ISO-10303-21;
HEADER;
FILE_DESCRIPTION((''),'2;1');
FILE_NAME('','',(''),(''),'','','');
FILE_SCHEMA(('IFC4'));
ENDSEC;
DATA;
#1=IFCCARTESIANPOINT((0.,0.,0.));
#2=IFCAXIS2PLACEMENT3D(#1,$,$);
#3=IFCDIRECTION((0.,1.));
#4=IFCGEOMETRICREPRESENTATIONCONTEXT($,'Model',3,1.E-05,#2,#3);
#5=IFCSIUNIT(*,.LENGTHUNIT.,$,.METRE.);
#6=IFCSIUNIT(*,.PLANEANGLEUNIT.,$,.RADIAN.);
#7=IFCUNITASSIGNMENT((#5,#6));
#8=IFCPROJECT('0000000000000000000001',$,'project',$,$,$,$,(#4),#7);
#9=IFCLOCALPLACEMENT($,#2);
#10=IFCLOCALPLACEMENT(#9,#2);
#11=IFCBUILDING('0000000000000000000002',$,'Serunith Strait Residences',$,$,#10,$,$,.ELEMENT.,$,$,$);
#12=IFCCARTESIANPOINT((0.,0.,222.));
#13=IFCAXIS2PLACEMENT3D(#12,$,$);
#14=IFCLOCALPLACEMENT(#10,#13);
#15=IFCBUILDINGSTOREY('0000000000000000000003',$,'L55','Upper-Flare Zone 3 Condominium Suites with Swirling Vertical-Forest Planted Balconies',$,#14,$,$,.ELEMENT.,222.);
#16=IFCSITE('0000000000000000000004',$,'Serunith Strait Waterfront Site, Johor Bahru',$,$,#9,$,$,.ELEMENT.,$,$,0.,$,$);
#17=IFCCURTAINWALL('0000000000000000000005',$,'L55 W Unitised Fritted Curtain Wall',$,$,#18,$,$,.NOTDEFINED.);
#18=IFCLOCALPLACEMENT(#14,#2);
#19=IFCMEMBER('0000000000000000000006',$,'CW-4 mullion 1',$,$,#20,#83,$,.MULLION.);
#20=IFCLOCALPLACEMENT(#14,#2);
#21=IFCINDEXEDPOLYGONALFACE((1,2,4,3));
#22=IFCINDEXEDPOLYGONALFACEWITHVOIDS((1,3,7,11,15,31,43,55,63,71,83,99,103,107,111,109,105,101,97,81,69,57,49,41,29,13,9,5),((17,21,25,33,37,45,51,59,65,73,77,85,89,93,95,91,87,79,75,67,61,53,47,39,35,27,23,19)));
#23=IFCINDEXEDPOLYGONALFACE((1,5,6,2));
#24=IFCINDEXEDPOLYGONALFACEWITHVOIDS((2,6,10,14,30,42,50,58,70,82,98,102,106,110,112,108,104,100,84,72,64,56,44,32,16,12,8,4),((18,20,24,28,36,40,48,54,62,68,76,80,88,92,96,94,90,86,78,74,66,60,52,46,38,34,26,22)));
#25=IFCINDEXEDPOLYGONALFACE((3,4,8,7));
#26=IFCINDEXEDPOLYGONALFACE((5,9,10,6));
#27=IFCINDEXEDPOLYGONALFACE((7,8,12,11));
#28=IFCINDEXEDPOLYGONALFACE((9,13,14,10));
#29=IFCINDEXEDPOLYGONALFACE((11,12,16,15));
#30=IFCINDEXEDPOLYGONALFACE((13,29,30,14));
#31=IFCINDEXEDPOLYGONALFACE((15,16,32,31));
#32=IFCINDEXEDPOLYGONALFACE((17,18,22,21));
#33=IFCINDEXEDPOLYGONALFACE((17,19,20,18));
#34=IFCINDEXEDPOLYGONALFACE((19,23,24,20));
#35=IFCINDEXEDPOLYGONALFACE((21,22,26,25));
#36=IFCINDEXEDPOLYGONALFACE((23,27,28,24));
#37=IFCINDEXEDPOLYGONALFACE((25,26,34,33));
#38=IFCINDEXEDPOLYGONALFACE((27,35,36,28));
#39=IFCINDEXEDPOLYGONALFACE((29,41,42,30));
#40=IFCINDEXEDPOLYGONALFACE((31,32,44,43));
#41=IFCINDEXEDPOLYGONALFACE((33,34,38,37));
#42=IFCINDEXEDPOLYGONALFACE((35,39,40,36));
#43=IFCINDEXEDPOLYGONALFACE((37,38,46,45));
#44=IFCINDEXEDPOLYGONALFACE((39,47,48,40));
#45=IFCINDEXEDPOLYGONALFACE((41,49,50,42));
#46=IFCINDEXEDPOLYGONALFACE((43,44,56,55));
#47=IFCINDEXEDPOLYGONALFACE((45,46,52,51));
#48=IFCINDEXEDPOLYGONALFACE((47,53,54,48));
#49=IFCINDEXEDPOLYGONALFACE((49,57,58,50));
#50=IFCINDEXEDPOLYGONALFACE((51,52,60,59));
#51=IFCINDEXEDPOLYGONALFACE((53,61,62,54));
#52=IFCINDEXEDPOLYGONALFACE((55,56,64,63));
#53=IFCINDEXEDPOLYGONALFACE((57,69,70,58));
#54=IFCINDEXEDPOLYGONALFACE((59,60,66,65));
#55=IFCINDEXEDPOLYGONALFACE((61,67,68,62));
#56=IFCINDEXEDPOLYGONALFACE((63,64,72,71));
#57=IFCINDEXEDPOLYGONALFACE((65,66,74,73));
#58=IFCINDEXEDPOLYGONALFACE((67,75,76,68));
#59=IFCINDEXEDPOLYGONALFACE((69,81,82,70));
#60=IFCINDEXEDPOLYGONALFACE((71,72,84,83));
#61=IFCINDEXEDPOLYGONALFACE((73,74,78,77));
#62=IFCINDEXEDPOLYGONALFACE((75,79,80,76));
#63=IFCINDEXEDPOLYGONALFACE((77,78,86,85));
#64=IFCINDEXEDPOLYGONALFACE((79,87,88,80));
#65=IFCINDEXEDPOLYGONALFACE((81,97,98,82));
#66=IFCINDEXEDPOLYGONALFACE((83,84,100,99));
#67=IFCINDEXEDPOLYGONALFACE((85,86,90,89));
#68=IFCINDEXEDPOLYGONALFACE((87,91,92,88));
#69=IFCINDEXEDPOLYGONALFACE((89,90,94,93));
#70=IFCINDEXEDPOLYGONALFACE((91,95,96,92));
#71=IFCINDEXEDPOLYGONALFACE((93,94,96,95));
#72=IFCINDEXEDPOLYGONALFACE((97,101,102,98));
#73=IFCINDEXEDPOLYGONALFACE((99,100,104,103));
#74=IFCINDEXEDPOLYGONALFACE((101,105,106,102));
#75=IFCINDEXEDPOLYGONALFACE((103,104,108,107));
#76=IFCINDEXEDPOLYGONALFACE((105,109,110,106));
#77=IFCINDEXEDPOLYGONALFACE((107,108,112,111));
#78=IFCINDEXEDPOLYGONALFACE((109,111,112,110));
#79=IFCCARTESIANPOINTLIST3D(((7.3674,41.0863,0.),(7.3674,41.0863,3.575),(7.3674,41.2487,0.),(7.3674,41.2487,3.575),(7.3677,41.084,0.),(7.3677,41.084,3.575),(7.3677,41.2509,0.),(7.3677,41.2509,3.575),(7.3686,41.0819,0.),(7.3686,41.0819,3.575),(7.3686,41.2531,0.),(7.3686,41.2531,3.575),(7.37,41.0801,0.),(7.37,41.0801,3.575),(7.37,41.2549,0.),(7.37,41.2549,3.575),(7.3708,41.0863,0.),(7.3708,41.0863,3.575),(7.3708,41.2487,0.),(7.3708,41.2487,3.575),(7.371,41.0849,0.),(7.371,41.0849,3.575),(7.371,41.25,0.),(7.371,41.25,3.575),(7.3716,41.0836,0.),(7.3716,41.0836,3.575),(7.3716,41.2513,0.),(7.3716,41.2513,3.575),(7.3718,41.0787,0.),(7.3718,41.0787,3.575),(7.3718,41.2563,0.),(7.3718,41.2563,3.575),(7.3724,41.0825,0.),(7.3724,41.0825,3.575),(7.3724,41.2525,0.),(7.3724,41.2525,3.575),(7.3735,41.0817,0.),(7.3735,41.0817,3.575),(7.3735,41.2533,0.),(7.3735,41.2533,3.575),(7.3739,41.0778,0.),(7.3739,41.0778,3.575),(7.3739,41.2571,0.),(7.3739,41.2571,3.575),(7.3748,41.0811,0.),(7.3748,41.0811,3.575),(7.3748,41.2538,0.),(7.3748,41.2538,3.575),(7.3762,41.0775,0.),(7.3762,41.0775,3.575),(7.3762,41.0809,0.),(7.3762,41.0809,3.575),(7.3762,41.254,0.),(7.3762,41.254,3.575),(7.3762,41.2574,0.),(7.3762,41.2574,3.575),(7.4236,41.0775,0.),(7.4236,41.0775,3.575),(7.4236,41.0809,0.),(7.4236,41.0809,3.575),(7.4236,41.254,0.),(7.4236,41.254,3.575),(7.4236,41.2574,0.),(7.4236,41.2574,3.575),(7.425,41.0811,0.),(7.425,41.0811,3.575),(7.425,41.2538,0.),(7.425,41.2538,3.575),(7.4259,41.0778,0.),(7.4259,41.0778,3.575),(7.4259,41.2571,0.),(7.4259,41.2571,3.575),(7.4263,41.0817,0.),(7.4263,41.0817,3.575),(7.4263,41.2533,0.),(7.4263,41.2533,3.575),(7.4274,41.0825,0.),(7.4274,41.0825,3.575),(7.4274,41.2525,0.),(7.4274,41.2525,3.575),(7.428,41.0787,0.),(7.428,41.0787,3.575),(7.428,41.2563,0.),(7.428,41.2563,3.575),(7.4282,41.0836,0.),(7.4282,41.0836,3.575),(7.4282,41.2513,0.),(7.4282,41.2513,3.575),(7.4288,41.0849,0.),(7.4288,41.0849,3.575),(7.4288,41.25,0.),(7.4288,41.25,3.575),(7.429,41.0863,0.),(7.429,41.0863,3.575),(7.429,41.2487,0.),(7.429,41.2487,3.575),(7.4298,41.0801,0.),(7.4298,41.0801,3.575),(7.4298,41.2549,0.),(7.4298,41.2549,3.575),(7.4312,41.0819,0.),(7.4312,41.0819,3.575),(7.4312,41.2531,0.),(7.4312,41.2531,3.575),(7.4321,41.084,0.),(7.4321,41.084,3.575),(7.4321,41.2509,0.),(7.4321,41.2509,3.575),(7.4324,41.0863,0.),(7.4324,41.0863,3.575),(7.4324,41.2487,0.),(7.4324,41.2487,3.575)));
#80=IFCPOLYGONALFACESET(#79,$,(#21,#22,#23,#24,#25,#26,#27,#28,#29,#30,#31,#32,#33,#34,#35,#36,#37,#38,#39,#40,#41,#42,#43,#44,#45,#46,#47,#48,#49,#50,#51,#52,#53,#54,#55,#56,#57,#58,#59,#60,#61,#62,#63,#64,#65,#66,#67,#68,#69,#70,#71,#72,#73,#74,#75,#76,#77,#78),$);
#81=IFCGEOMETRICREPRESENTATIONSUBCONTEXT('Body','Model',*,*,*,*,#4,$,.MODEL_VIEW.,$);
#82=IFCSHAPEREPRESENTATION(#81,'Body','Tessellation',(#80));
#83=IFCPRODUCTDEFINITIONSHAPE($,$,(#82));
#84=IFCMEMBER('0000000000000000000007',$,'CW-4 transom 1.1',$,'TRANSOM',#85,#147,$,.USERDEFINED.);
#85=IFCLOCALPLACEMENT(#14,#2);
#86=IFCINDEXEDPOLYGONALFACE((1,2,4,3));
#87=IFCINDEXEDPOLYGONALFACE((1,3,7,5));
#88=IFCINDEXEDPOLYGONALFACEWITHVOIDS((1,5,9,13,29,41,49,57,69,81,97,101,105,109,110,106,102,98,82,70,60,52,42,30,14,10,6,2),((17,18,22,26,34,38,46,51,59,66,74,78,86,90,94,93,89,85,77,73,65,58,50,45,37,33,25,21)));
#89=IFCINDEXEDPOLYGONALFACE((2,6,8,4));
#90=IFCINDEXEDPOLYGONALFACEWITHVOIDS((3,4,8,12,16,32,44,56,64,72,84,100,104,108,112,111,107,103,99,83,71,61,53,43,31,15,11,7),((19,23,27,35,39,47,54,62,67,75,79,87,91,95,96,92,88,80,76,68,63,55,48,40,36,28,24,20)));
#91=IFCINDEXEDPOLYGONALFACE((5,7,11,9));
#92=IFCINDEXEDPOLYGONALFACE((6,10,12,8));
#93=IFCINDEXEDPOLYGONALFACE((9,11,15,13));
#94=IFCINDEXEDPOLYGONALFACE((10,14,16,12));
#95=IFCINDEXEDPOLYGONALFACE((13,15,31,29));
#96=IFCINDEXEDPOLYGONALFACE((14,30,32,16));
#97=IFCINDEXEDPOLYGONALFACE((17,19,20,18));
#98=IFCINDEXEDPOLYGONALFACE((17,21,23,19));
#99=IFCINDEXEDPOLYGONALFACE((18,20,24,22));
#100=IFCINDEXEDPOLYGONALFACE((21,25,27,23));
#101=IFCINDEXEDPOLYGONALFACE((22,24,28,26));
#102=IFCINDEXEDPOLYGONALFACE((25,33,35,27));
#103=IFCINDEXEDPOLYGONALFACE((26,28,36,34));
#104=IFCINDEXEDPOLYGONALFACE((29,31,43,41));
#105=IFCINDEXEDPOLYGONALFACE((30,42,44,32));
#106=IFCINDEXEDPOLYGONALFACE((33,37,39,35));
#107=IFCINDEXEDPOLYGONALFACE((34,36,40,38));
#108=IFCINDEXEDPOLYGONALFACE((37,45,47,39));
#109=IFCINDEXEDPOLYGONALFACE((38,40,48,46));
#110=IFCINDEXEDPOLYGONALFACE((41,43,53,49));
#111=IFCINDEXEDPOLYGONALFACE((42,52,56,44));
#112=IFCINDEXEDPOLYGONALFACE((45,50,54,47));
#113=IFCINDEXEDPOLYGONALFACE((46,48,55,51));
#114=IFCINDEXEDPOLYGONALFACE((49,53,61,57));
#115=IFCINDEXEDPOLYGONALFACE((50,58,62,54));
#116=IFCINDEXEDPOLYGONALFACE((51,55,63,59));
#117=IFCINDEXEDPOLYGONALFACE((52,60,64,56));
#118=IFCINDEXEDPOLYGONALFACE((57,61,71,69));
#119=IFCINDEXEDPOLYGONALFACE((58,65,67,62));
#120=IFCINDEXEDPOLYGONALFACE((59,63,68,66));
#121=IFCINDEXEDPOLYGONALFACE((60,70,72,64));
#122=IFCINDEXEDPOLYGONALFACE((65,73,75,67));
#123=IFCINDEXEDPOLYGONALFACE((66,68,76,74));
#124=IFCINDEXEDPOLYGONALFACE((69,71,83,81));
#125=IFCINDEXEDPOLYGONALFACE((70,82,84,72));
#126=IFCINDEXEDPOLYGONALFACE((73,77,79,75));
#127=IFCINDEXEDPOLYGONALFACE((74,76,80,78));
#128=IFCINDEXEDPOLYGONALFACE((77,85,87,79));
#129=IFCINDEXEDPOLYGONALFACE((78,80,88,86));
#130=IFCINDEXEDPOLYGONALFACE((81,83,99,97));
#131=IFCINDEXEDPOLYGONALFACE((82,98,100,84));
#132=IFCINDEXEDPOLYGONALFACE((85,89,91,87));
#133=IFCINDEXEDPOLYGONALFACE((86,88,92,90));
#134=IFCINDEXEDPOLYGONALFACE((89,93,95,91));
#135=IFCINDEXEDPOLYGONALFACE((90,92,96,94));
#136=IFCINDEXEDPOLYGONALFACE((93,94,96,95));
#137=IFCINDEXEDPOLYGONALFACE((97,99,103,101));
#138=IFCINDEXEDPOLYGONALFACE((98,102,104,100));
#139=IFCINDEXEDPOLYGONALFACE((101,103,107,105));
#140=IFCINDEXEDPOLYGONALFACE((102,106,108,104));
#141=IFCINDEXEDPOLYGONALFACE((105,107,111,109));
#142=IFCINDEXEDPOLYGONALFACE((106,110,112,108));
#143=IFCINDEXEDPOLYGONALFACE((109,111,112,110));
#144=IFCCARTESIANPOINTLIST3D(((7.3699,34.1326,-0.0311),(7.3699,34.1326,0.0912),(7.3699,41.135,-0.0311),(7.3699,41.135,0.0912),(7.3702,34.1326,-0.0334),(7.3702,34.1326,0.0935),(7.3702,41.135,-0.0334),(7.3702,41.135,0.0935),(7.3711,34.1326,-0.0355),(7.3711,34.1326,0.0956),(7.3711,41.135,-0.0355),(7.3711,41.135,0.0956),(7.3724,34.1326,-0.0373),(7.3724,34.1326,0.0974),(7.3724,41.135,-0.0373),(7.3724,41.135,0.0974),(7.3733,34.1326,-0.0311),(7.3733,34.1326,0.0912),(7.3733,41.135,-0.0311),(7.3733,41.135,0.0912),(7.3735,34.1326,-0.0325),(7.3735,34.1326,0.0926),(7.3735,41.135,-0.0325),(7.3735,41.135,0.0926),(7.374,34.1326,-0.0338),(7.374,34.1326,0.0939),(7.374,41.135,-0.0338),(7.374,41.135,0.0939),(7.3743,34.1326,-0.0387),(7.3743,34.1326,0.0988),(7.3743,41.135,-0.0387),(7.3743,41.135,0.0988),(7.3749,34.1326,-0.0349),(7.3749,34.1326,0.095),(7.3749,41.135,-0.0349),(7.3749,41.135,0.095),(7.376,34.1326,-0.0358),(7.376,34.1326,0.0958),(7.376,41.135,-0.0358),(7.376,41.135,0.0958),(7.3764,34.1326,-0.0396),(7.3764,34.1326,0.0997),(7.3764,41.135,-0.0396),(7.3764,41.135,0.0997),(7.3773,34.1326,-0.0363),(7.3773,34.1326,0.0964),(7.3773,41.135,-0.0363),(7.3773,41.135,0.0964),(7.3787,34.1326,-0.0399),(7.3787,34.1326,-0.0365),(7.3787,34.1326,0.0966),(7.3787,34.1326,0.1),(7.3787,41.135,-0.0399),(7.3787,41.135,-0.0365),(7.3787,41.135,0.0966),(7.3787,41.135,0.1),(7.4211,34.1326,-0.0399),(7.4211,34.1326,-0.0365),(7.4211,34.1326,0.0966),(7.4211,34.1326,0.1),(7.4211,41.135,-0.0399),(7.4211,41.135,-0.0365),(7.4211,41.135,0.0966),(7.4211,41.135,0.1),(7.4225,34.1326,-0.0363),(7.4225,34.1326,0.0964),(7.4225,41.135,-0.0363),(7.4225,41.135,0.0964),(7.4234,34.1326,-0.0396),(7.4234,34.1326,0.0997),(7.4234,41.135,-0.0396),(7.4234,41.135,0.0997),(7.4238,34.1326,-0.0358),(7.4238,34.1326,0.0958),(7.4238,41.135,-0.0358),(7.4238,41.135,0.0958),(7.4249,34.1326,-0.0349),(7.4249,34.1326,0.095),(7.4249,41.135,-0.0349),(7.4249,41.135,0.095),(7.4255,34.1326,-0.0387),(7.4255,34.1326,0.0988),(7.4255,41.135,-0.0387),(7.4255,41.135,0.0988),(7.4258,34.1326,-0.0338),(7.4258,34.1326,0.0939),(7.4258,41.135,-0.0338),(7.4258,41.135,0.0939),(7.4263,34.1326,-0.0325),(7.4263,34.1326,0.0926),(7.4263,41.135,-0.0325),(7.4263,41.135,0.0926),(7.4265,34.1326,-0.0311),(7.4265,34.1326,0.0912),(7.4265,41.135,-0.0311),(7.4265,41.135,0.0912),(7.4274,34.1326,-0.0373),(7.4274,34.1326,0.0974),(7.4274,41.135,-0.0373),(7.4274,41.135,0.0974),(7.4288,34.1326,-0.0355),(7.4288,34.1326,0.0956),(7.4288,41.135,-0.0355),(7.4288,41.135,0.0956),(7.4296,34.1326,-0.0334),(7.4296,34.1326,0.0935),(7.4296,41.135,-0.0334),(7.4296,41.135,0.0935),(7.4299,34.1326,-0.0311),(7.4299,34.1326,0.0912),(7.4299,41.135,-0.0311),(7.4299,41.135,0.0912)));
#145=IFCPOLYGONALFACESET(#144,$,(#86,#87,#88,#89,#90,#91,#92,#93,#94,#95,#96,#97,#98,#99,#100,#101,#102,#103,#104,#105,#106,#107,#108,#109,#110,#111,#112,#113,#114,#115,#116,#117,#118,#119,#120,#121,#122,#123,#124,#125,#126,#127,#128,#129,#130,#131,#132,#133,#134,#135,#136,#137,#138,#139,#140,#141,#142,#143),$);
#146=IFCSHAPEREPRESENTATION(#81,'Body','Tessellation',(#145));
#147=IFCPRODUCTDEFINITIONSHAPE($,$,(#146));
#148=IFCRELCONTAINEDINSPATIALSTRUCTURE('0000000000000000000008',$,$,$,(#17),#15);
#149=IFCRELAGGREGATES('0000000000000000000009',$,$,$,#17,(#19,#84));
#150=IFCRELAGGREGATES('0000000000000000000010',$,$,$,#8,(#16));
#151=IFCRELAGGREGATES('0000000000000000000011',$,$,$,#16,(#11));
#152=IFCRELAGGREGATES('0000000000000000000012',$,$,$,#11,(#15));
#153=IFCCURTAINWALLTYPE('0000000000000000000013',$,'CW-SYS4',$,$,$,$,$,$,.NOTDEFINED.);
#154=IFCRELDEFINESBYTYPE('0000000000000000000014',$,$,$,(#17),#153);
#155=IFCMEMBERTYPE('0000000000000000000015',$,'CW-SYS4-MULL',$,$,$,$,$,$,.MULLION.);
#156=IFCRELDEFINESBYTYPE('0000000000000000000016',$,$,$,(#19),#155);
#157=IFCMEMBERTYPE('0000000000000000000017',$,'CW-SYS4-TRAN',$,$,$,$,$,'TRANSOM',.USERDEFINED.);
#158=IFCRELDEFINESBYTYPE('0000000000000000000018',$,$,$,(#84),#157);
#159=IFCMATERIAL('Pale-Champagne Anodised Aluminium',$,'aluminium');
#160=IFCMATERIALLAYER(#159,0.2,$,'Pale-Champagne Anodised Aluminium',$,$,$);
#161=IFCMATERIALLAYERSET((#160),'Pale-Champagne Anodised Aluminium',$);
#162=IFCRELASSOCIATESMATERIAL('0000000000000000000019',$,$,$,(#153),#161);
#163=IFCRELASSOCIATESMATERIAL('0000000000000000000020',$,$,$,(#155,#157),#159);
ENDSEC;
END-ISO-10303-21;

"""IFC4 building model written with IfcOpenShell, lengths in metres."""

from ifc_helpers import new_model, si_unit, direction, frame, origin, origin_2d, place, context, subcontext, project, spatial, hollow_rectangle, extrude, source, transform, mapped, material, layer, layer_set, material_profile, profile_set, type_object, element, aggregate, save


model = new_model("IFC4")

# Units and contexts
model_context = context("Model", 3, precision=1e-05, world=origin(), true_north=direction((0.0, 1.0)))
body_context = subcontext(model_context, "Body", "Model", "MODEL_VIEW")
ifc_project = project(units=[si_unit("LENGTHUNIT", "METRE"), si_unit("PLANEANGLEUNIT", "RADIAN")], contexts=[model_context])

# Site, building, storey
site_placement = place(None, origin())
site = spatial("IfcSite", under=ifc_project, at=site_placement, Name="Serunith Strait Waterfront Site, Johor Bahru", CompositionType="ELEMENT", RefElevation=0.0)
building_placement = place(site_placement, origin())
building = spatial("IfcBuilding", under=site, at=building_placement, Name="Serunith Strait Residences", CompositionType="ELEMENT")
storey_placement = place(building_placement, frame((0.0, 0.0, 222.0)))
storey = spatial("IfcBuildingStorey", under=building, at=storey_placement, Name="L55", Description="Upper-Flare Zone 3 Condominium Suites with Swirling Vertical-Forest Planted Balconies", CompositionType="ELEMENT", Elevation=222.0)

# Shared definitions
ifc_material_1 = material(Name="Pale-Champagne Anodised Aluminium", Category="aluminium")
ifc_layer_1 = layer(ifc_material_1, 0.2, Name="Pale-Champagne Anodised Aluminium")
ifc_layer_set_1 = layer_set([ifc_layer_1], Name="Pale-Champagne Anodised Aluminium")
curtain_wall_type = type_object("IfcCurtainWallType", Name="CW-SYS4", PredefinedType="NOTDEFINED", material=ifc_layer_set_1)
ifc_material_profile_1 = material_profile(ifc_material_1, hollow_rectangle(XDim=0.0649, YDim=0.1799, WallThickness=0.0034, InnerFilletRadius=0.0054, OuterFilletRadius=0.0088, at=origin_2d()), Name="ALU 180x65x3.5")
ifc_profile_set_1 = profile_set([ifc_material_profile_1], Name="Pale-Champagne Anodised Aluminium")
member_type_1 = type_object("IfcMemberType", Name="CW-SYS4-MULL", PredefinedType="MULLION", material=ifc_profile_set_1)
shared_shape_1 = source(origin(), body_context, "Body", "SweptSolid", [
    extrude(hollow_rectangle(XDim=0.0649, YDim=0.1799, WallThickness=0.0034, InnerFilletRadius=0.0054, OuterFilletRadius=0.0088, at=origin_2d()), origin(), (0.0, 0.0, 1.0), 3.575),
])

# Curtain wall, members
curtain_wall_1_placement = place(storey_placement, origin())
curtain_wall_1 = element("IfcCurtainWall", 1, at=curtain_wall_1_placement, inside=storey, type_object=curtain_wall_type, Name="L55 W Unitised Fritted Curtain Wall", PredefinedType="NOTDEFINED")
member_1_placement = place(storey_placement, frame((7.3999, 41.1675, 0.0), z_axis=(0.0, 0.0, 1.0), x_axis=(1.0, 0.0, 0.0)))
member_1 = element("IfcMember", 2, at=member_1_placement, type_object=member_type_1, Name="CW-4 mullion 1", PredefinedType="MULLION", context=body_context, shape_type="MappedRepresentation", body=[
    mapped(shared_shape_1, transform((0.0, 0.0, 0.0), scale=1.0)),
])
ifc_material_profile_2 = material_profile(ifc_material_1, hollow_rectangle(XDim=0.0601, YDim=0.1399, WallThickness=0.0034, InnerFilletRadius=0.0054, OuterFilletRadius=0.0088, at=origin_2d()), Name="ALU 140x60x3.5")
ifc_profile_set_2 = profile_set([ifc_material_profile_2], Name="Pale-Champagne Anodised Aluminium")
member_type_2 = type_object("IfcMemberType", Name="CW-SYS4-TRAN", ElementType="TRANSOM", PredefinedType="USERDEFINED", material=ifc_profile_set_2)
shared_shape_2 = source(origin(), body_context, "Body", "SweptSolid", [
    extrude(hollow_rectangle(XDim=0.0601, YDim=0.1399, WallThickness=0.0034, InnerFilletRadius=0.0054, OuterFilletRadius=0.0088, at=origin_2d()), origin(), (0.0, 0.0, 1.0), 7.0024),
])
member_2_placement = place(storey_placement, frame((7.3999, 41.135, 0.03), z_axis=(0.0, -1.0, 0.0), x_axis=(1.0, 0.0, 0.0)))
member_2 = element("IfcMember", 3, at=member_2_placement, type_object=member_type_2, Name="CW-4 transom 1.1", ObjectType="TRANSOM", PredefinedType="USERDEFINED", context=body_context, shape_type="MappedRepresentation", body=[
    mapped(shared_shape_2, transform((0.0, 0.0, 0.0), scale=1.0)),
])
aggregate(curtain_wall_1, [member_1, member_2])

save(model, "model.ifc")
